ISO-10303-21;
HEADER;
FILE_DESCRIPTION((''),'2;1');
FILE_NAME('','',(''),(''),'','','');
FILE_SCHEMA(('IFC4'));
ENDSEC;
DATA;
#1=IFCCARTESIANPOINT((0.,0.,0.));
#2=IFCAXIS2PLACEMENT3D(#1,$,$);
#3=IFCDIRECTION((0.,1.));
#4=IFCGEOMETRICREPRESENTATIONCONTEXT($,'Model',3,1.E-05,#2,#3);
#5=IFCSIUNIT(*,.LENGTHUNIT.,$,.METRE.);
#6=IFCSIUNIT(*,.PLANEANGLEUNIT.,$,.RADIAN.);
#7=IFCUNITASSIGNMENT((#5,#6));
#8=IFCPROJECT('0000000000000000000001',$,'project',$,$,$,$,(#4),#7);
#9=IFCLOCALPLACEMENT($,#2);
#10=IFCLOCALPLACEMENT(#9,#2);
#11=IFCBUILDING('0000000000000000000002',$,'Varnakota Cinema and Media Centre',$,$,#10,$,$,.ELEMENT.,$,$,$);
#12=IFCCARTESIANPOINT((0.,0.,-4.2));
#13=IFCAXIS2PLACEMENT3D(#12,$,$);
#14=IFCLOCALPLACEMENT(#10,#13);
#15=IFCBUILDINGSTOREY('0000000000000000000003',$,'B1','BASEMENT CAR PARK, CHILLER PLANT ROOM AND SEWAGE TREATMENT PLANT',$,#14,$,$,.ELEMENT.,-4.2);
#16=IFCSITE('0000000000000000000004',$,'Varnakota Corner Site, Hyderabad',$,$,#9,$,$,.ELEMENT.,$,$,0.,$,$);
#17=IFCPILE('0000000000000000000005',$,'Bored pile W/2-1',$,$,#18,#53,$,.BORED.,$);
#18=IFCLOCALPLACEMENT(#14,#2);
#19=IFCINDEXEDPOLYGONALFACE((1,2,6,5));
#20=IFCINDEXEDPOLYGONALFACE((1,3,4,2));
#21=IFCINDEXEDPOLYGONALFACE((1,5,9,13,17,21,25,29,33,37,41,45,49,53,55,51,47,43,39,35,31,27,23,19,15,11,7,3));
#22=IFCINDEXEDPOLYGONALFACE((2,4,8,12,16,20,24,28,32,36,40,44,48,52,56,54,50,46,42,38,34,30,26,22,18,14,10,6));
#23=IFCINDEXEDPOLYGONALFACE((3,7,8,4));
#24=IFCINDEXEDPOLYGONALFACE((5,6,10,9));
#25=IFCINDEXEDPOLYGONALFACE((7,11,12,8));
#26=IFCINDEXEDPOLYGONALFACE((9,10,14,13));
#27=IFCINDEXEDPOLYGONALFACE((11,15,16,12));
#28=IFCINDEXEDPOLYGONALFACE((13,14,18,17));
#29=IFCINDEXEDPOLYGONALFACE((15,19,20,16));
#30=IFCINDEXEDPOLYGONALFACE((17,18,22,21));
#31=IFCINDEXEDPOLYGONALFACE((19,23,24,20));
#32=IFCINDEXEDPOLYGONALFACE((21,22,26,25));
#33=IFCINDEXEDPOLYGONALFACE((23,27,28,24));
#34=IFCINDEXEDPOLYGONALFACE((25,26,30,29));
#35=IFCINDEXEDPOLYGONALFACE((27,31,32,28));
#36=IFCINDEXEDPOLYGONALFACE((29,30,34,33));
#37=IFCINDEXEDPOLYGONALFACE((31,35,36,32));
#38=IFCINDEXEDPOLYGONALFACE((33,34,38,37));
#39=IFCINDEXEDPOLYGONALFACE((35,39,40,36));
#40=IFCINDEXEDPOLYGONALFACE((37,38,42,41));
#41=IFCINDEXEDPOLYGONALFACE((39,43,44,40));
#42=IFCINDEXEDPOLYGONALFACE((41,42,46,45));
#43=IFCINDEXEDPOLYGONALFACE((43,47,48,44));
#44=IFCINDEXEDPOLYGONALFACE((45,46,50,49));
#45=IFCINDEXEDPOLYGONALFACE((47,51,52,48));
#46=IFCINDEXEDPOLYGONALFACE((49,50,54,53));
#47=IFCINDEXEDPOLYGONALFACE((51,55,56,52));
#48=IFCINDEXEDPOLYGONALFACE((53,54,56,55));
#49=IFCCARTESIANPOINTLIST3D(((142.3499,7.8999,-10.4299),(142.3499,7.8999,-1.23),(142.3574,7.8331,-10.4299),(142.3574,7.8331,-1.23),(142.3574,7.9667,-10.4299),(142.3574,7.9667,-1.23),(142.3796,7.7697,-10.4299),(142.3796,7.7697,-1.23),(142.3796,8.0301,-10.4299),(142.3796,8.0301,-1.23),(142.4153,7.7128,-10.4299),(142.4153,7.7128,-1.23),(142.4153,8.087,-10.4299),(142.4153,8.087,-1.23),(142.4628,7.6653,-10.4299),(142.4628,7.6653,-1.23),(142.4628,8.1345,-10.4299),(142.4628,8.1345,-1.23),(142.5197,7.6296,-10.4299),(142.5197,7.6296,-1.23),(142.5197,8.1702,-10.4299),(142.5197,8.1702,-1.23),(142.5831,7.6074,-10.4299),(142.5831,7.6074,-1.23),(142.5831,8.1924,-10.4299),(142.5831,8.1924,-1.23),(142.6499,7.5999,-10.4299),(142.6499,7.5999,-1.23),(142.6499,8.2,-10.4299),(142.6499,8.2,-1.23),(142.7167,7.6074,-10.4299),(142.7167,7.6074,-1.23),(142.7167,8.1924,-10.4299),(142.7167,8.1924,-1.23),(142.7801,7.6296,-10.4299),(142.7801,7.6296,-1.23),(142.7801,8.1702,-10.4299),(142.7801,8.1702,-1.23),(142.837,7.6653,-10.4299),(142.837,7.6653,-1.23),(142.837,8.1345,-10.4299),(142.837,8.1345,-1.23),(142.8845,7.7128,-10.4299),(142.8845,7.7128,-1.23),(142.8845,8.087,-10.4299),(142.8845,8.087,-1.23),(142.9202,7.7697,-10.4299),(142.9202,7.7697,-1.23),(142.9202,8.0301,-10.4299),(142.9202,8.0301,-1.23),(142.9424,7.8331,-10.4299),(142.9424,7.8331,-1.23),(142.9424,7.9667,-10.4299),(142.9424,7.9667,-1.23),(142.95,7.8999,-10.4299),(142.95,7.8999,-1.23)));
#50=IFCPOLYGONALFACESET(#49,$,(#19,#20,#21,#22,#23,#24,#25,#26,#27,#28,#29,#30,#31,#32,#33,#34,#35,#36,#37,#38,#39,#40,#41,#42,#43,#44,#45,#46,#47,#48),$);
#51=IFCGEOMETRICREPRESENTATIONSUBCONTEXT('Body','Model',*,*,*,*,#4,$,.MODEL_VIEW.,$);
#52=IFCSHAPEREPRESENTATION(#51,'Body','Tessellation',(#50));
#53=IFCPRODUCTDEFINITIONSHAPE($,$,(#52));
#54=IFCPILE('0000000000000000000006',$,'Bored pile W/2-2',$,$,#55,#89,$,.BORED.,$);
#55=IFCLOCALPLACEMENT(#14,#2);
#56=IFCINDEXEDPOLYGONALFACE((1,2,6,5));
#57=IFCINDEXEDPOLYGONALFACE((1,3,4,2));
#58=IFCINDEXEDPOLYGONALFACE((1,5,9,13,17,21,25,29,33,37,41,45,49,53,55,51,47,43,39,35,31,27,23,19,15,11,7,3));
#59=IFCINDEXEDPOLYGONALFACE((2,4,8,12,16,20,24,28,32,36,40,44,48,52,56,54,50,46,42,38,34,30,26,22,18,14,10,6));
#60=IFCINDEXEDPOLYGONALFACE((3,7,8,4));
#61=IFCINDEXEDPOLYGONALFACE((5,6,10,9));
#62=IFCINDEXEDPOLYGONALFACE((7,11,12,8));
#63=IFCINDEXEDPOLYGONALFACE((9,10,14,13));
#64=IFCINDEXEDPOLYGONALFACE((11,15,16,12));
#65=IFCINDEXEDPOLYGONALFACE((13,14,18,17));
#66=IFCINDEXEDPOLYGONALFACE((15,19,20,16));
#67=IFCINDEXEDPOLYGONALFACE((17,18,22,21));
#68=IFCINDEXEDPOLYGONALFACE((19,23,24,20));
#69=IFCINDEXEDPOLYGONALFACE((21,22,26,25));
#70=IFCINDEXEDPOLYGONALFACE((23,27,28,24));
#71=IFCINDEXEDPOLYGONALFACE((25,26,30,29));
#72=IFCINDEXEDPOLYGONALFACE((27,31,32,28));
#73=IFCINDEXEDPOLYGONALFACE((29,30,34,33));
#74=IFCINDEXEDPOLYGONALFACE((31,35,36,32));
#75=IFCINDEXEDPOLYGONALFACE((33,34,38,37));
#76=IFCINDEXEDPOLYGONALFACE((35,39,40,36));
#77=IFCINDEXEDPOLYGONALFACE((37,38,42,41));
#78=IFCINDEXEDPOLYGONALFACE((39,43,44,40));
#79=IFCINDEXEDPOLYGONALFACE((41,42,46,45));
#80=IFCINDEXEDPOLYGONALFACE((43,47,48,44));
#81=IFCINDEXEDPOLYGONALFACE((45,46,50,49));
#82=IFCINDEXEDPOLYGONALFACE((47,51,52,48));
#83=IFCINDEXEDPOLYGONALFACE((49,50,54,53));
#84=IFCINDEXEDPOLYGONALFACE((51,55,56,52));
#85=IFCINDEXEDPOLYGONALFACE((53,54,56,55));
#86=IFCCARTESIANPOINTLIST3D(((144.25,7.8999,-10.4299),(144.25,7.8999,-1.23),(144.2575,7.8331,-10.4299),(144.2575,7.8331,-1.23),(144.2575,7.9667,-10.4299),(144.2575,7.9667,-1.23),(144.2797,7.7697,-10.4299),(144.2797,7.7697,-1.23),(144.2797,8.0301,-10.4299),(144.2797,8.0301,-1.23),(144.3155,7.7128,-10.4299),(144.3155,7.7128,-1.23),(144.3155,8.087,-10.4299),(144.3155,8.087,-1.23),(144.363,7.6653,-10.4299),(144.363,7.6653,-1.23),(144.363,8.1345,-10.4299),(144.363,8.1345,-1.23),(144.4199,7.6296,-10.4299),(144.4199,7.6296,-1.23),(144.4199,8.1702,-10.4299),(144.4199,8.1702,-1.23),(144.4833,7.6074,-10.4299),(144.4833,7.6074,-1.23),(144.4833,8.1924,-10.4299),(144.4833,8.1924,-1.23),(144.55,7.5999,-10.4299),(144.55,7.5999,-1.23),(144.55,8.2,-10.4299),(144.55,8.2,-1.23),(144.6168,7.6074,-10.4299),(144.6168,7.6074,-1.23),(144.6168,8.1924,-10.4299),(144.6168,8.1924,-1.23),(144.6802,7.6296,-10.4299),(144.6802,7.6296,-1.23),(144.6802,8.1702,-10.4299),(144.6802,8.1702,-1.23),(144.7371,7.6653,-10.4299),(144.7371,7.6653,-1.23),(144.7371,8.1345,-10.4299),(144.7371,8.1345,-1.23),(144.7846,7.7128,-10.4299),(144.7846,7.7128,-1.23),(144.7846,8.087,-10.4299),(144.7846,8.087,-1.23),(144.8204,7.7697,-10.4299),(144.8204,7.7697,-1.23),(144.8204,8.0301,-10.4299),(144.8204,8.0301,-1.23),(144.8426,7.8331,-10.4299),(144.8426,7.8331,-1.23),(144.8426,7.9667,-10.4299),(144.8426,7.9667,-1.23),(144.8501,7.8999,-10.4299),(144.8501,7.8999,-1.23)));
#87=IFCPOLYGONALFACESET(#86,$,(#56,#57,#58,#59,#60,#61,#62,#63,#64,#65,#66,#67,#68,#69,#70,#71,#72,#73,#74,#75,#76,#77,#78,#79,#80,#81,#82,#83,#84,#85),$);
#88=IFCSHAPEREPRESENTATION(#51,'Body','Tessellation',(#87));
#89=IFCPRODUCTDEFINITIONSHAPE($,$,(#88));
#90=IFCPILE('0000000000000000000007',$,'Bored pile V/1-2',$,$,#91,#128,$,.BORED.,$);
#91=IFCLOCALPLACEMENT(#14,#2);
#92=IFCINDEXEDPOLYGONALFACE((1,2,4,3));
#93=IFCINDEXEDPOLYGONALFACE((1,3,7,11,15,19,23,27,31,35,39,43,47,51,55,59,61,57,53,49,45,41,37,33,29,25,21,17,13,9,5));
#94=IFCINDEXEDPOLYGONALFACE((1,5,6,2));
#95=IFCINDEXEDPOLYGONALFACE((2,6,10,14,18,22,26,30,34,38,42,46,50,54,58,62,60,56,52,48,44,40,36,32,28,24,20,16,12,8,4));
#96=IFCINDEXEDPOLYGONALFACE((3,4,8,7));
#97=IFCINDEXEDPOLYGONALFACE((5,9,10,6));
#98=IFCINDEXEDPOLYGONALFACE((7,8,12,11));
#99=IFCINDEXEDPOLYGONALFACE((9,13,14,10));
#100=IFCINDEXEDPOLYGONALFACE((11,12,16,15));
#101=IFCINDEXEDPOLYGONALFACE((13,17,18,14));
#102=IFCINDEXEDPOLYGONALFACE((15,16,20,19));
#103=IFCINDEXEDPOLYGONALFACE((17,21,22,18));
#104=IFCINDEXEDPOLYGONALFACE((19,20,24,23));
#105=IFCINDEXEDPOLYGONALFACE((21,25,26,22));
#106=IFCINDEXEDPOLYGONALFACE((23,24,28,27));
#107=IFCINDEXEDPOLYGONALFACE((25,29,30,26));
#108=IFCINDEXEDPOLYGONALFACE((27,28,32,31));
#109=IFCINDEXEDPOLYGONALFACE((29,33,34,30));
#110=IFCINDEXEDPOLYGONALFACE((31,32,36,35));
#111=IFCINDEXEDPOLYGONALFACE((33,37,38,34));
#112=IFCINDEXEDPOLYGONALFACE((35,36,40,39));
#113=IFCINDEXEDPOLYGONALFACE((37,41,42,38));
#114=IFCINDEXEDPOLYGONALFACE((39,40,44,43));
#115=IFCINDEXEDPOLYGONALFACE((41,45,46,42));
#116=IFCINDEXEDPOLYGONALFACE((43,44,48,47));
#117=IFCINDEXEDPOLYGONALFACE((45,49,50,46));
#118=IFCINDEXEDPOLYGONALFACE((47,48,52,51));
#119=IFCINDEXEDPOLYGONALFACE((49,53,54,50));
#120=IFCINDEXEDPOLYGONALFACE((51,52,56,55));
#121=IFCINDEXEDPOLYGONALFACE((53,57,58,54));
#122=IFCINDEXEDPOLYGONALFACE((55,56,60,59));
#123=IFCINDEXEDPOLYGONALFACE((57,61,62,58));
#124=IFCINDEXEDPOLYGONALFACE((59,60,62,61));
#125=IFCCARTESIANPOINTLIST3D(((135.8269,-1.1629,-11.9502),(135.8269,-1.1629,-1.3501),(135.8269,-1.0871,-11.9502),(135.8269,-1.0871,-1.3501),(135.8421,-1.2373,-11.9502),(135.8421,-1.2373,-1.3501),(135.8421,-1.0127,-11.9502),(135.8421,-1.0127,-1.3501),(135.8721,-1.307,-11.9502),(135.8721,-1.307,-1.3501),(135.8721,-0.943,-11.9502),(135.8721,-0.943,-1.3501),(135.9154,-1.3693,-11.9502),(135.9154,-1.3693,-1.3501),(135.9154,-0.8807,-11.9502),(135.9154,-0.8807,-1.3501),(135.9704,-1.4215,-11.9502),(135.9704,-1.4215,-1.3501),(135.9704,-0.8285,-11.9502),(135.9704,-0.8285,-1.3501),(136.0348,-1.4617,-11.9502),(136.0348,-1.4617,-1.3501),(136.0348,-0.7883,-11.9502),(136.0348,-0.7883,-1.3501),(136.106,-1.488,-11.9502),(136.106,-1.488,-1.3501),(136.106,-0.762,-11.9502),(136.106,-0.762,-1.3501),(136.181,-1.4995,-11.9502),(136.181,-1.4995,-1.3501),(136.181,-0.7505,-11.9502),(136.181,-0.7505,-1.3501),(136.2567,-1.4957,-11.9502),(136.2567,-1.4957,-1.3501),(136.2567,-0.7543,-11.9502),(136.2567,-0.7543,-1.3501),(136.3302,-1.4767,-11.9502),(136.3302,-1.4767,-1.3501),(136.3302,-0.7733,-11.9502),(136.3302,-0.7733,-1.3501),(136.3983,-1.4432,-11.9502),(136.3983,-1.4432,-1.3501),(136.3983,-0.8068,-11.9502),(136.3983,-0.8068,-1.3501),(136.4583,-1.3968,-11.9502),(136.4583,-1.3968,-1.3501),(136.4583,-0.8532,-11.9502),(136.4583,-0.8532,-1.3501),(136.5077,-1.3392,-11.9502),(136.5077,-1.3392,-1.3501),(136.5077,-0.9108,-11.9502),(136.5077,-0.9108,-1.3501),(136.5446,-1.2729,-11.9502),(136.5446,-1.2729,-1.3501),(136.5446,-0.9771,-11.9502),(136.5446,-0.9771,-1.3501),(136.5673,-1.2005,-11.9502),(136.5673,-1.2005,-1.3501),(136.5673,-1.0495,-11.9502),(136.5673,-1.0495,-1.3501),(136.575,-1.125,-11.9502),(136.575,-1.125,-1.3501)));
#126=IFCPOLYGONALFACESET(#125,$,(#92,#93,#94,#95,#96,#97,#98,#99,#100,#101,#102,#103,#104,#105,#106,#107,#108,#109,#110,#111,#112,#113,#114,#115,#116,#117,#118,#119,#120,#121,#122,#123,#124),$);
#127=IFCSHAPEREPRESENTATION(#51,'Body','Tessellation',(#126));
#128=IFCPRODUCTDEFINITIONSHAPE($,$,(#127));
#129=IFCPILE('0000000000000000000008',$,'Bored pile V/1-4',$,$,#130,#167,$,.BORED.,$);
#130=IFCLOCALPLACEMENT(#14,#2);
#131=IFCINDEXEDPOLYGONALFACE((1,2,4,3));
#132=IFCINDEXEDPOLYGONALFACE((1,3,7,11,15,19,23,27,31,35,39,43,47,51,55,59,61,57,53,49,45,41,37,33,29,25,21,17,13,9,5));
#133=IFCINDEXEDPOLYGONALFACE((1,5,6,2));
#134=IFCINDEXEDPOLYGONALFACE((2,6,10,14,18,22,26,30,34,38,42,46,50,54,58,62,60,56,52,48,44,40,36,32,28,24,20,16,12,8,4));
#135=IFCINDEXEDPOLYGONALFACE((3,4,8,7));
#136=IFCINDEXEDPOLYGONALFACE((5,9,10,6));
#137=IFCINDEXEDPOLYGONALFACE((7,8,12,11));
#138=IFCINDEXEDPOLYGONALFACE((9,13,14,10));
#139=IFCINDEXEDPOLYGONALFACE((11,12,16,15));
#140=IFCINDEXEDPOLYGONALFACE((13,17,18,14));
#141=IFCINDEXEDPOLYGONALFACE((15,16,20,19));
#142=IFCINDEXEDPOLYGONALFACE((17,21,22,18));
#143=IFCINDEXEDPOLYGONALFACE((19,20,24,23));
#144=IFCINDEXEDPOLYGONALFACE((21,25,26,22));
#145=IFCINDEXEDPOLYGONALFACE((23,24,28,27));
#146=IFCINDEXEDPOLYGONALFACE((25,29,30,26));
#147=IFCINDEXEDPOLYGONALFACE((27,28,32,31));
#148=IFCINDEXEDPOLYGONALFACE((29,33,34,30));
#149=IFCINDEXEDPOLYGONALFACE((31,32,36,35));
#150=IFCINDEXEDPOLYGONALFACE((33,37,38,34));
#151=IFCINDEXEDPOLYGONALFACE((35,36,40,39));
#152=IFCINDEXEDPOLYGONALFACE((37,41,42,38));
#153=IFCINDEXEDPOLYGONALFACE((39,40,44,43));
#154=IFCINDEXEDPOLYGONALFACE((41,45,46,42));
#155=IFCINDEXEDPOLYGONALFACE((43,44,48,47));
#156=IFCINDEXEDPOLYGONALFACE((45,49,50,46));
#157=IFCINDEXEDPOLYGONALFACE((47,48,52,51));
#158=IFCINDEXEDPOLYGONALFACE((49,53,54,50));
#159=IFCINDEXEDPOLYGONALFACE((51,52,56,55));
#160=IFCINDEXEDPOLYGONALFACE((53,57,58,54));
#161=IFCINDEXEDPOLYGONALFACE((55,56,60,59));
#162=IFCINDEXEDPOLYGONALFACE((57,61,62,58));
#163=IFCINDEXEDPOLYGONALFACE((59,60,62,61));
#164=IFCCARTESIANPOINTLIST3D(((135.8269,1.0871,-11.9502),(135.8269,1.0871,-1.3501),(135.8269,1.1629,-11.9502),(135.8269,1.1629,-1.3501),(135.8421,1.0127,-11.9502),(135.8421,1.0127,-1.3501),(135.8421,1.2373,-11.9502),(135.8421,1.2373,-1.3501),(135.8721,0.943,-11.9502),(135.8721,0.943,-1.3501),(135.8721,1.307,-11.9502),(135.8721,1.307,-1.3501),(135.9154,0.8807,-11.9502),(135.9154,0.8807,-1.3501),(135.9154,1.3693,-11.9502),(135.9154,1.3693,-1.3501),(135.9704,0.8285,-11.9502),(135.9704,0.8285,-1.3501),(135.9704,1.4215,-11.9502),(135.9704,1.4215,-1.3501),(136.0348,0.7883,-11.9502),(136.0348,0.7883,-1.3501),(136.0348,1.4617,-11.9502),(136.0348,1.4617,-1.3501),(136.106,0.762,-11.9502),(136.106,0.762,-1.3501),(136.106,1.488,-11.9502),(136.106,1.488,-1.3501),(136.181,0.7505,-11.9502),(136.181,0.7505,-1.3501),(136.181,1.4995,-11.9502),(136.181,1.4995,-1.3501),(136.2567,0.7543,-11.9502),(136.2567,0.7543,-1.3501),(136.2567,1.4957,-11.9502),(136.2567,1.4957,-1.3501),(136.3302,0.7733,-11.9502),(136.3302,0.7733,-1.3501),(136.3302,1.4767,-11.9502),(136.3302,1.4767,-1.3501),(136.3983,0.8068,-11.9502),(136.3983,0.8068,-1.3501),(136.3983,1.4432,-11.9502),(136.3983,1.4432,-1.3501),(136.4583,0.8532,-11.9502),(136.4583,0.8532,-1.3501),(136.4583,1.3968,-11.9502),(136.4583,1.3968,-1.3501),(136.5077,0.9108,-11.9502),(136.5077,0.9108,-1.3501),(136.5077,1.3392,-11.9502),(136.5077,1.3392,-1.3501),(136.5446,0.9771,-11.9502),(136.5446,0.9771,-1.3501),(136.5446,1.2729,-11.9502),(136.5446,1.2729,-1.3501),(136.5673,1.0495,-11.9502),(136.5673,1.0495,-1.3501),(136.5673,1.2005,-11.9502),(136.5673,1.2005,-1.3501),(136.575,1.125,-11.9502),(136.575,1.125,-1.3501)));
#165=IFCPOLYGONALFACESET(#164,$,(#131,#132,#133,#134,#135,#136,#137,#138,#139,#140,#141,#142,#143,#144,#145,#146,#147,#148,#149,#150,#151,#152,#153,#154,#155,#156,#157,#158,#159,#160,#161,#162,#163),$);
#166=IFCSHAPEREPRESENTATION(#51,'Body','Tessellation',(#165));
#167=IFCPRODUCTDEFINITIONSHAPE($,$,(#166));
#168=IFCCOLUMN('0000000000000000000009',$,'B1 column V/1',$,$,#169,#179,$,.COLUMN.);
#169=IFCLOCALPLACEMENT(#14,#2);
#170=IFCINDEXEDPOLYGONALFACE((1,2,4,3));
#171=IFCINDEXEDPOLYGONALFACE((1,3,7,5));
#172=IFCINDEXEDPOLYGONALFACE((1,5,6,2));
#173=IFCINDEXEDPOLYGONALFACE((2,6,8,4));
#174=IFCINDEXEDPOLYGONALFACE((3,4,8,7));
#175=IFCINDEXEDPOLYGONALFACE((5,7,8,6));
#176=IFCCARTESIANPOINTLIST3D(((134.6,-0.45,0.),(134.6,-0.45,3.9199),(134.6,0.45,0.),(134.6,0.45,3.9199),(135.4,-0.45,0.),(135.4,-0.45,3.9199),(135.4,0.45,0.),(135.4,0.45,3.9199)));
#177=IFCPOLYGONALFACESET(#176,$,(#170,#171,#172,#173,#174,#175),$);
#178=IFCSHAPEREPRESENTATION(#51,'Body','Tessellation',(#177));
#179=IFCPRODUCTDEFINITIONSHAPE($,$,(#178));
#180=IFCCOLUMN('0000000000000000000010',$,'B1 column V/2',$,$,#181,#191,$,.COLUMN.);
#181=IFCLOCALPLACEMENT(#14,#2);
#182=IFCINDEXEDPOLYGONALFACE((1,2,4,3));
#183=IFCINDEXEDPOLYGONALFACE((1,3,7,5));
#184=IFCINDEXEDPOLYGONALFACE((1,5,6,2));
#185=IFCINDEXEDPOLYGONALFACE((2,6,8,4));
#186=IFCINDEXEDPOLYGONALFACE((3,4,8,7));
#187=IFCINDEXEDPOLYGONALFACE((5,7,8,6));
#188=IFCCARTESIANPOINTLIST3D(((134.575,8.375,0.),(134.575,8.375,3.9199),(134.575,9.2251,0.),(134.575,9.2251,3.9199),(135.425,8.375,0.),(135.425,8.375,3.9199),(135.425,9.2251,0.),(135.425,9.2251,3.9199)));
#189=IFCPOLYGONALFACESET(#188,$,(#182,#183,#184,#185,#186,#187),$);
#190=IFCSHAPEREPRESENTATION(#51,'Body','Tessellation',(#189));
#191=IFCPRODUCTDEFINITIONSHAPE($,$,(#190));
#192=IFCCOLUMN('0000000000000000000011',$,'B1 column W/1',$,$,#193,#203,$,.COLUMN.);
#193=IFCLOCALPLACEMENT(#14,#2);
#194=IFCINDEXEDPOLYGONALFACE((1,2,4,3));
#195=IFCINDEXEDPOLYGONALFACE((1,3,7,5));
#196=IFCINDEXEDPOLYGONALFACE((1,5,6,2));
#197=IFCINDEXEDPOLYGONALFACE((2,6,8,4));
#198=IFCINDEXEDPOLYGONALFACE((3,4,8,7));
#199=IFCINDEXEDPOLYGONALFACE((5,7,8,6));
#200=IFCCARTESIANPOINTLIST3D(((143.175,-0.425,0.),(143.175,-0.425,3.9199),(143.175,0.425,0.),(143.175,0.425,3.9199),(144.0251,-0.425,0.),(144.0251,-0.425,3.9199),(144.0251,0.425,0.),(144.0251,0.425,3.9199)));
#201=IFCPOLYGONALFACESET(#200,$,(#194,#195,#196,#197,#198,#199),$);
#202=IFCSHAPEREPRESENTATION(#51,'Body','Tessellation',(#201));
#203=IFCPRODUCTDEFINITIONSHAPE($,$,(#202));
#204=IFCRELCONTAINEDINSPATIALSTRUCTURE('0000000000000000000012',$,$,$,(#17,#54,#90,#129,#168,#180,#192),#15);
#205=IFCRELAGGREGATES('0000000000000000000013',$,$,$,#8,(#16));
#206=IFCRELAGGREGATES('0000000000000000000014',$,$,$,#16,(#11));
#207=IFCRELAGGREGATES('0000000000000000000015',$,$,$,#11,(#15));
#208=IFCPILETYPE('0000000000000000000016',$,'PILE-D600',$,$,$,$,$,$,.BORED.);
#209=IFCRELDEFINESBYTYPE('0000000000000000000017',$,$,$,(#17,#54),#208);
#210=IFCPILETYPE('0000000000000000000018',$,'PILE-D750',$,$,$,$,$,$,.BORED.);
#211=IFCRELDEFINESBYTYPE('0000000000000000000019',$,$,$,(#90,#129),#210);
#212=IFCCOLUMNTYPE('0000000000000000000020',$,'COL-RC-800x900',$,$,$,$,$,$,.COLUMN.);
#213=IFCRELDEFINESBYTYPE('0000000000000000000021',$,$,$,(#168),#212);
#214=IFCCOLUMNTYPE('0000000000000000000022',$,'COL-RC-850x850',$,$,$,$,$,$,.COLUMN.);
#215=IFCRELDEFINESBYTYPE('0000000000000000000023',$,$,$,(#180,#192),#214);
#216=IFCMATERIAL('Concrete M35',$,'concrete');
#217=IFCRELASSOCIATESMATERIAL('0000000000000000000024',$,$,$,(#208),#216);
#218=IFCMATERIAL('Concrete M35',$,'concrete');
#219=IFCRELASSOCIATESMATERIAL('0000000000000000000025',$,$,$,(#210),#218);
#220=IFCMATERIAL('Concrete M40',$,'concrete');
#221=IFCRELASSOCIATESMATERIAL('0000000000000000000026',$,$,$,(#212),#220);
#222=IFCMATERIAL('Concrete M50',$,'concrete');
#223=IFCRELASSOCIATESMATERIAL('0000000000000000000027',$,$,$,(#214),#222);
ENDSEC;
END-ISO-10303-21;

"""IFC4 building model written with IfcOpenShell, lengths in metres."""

from ifc_helpers import new_model, si_unit, direction, frame, origin, origin_2d, place, context, subcontext, project, spatial, rectangle, circle, extrude, material, material_profile, profile_set, type_object, element, save


model = new_model("IFC4")

# Units and contexts
model_context = context("Model", 3, precision=1e-05, world=origin(), true_north=direction((0.0, 1.0)))
body_context = subcontext(model_context, "Body", "Model", "MODEL_VIEW")
ifc_project = project(units=[si_unit("LENGTHUNIT", "METRE"), si_unit("PLANEANGLEUNIT", "RADIAN")], contexts=[model_context])

# Site, building, storey
site_placement = place(None, origin())
site = spatial("IfcSite", under=ifc_project, at=site_placement, Name="Varnakota Corner Site, Hyderabad", CompositionType="ELEMENT", RefElevation=0.0)
building_placement = place(site_placement, origin())
building = spatial("IfcBuilding", under=site, at=building_placement, Name="Varnakota Cinema and Media Centre", CompositionType="ELEMENT")
storey_placement = place(building_placement, frame((0.0, 0.0, -4.2)))
storey = spatial("IfcBuildingStorey", under=building, at=storey_placement, Name="B1", Description="BASEMENT CAR PARK, CHILLER PLANT ROOM AND SEWAGE TREATMENT PLANT", CompositionType="ELEMENT", Elevation=-4.2)

# Piles
ifc_material_1 = material(Name="Concrete M35", Category="concrete")
ifc_material_profile_1 = material_profile(ifc_material_1, circle(Radius=0.3, at=origin_2d()), Name="PILE D600")
ifc_profile_set_1 = profile_set([ifc_material_profile_1], Name="Concrete M35")
pile_type_1 = type_object("IfcPileType", Name="PILE-D600", PredefinedType="BORED", material=ifc_profile_set_1)
for number, where, z_axis, x_axis, name in (
    (1, (142.6499, 7.8999, -1.23), (0.0, 0.0, -1.0), (1.0, 0.0, 0.0), "Bored pile W/2-1"),
    (2, (144.55, 7.8999, -1.23), (0.0, 0.0, -1.0), (1.0, 0.0, 0.0), "Bored pile W/2-2"),
):
    element("IfcPile", number, at=place(storey_placement, frame(where, z_axis=z_axis, x_axis=x_axis)), inside=storey, type_object=pile_type_1, Name=name, PredefinedType="BORED", context=body_context, shape_type="SweptSolid", body=[
        extrude(circle(Radius=0.3, at=origin_2d()), origin(), (0.0, 0.0, 1.0), 9.2),
    ])
ifc_material_2 = material(Name="Concrete M35", Category="concrete")
ifc_material_profile_2 = material_profile(ifc_material_2, circle(Radius=0.375, at=origin_2d()), Name="PILE D750")
ifc_profile_set_2 = profile_set([ifc_material_profile_2], Name="Concrete M35")
pile_type_2 = type_object("IfcPileType", Name="PILE-D750", PredefinedType="BORED", material=ifc_profile_set_2)
for number, where, z_axis, x_axis, name in (
    (3, (136.2, -1.125, -1.3501), (0.0, 0.0, -1.0), (1.0, 0.0, 0.0), "Bored pile V/1-2"),
    (4, (136.2, 1.125, -1.3501), (0.0, 0.0, -1.0), (1.0, 0.0, 0.0), "Bored pile V/1-4"),
):
    element("IfcPile", number, at=place(storey_placement, frame(where, z_axis=z_axis, x_axis=x_axis)), inside=storey, type_object=pile_type_2, Name=name, PredefinedType="BORED", context=body_context, shape_type="SweptSolid", body=[
        extrude(circle(Radius=0.375, at=origin_2d()), origin(), (0.0, 0.0, 1.0), 10.6001),
    ])

# Columns
ifc_material_3 = material(Name="Concrete M40", Category="concrete")
ifc_material_profile_3 = material_profile(ifc_material_3, rectangle(XDim=0.8, YDim=0.8999, at=origin_2d()), Name="RC 800x900")
ifc_profile_set_3 = profile_set([ifc_material_profile_3], Name="Concrete M40")
column_type_1 = type_object("IfcColumnType", Name="COL-RC-800x900", PredefinedType="COLUMN", material=ifc_profile_set_3)
column_placement = place(storey_placement, frame((135.0, 0.0, 0.0), z_axis=(0.0, 0.0, 1.0), x_axis=(1.0, 0.0, 0.0)))
element("IfcColumn", 5, at=column_placement, inside=storey, type_object=column_type_1, Name="B1 column V/1", PredefinedType="COLUMN", context=body_context, shape_type="SweptSolid", body=[
    extrude(rectangle(XDim=0.8, YDim=0.8999, at=origin_2d()), origin(), (0.0, 0.0, 1.0), 3.9199),
])
ifc_material_4 = material(Name="Concrete M50", Category="concrete")
ifc_material_profile_4 = material_profile(ifc_material_4, rectangle(XDim=0.8501, YDim=0.8501, at=origin_2d()), Name="RC 850x850")
ifc_profile_set_4 = profile_set([ifc_material_profile_4], Name="Concrete M50")
column_type_2 = type_object("IfcColumnType", Name="COL-RC-850x850", PredefinedType="COLUMN", material=ifc_profile_set_4)
for number, where, z_axis, x_axis, name in (
    (6, (135.0, 8.8, 0.0), (0.0, 0.0, 1.0), (1.0, 0.0, 0.0), "B1 column V/2"),
    (7, (143.6001, 0.0, 0.0), (0.0, 0.0, 1.0), (1.0, 0.0, 0.0), "B1 column W/1"),
):
    element("IfcColumn", number, at=place(storey_placement, frame(where, z_axis=z_axis, x_axis=x_axis)), inside=storey, type_object=column_type_2, Name=name, PredefinedType="COLUMN", context=body_context, shape_type="SweptSolid", body=[
        extrude(rectangle(XDim=0.8501, YDim=0.8501, at=origin_2d()), origin(), (0.0, 0.0, 1.0), 3.9199),
    ])

save(model, "model.ifc")
